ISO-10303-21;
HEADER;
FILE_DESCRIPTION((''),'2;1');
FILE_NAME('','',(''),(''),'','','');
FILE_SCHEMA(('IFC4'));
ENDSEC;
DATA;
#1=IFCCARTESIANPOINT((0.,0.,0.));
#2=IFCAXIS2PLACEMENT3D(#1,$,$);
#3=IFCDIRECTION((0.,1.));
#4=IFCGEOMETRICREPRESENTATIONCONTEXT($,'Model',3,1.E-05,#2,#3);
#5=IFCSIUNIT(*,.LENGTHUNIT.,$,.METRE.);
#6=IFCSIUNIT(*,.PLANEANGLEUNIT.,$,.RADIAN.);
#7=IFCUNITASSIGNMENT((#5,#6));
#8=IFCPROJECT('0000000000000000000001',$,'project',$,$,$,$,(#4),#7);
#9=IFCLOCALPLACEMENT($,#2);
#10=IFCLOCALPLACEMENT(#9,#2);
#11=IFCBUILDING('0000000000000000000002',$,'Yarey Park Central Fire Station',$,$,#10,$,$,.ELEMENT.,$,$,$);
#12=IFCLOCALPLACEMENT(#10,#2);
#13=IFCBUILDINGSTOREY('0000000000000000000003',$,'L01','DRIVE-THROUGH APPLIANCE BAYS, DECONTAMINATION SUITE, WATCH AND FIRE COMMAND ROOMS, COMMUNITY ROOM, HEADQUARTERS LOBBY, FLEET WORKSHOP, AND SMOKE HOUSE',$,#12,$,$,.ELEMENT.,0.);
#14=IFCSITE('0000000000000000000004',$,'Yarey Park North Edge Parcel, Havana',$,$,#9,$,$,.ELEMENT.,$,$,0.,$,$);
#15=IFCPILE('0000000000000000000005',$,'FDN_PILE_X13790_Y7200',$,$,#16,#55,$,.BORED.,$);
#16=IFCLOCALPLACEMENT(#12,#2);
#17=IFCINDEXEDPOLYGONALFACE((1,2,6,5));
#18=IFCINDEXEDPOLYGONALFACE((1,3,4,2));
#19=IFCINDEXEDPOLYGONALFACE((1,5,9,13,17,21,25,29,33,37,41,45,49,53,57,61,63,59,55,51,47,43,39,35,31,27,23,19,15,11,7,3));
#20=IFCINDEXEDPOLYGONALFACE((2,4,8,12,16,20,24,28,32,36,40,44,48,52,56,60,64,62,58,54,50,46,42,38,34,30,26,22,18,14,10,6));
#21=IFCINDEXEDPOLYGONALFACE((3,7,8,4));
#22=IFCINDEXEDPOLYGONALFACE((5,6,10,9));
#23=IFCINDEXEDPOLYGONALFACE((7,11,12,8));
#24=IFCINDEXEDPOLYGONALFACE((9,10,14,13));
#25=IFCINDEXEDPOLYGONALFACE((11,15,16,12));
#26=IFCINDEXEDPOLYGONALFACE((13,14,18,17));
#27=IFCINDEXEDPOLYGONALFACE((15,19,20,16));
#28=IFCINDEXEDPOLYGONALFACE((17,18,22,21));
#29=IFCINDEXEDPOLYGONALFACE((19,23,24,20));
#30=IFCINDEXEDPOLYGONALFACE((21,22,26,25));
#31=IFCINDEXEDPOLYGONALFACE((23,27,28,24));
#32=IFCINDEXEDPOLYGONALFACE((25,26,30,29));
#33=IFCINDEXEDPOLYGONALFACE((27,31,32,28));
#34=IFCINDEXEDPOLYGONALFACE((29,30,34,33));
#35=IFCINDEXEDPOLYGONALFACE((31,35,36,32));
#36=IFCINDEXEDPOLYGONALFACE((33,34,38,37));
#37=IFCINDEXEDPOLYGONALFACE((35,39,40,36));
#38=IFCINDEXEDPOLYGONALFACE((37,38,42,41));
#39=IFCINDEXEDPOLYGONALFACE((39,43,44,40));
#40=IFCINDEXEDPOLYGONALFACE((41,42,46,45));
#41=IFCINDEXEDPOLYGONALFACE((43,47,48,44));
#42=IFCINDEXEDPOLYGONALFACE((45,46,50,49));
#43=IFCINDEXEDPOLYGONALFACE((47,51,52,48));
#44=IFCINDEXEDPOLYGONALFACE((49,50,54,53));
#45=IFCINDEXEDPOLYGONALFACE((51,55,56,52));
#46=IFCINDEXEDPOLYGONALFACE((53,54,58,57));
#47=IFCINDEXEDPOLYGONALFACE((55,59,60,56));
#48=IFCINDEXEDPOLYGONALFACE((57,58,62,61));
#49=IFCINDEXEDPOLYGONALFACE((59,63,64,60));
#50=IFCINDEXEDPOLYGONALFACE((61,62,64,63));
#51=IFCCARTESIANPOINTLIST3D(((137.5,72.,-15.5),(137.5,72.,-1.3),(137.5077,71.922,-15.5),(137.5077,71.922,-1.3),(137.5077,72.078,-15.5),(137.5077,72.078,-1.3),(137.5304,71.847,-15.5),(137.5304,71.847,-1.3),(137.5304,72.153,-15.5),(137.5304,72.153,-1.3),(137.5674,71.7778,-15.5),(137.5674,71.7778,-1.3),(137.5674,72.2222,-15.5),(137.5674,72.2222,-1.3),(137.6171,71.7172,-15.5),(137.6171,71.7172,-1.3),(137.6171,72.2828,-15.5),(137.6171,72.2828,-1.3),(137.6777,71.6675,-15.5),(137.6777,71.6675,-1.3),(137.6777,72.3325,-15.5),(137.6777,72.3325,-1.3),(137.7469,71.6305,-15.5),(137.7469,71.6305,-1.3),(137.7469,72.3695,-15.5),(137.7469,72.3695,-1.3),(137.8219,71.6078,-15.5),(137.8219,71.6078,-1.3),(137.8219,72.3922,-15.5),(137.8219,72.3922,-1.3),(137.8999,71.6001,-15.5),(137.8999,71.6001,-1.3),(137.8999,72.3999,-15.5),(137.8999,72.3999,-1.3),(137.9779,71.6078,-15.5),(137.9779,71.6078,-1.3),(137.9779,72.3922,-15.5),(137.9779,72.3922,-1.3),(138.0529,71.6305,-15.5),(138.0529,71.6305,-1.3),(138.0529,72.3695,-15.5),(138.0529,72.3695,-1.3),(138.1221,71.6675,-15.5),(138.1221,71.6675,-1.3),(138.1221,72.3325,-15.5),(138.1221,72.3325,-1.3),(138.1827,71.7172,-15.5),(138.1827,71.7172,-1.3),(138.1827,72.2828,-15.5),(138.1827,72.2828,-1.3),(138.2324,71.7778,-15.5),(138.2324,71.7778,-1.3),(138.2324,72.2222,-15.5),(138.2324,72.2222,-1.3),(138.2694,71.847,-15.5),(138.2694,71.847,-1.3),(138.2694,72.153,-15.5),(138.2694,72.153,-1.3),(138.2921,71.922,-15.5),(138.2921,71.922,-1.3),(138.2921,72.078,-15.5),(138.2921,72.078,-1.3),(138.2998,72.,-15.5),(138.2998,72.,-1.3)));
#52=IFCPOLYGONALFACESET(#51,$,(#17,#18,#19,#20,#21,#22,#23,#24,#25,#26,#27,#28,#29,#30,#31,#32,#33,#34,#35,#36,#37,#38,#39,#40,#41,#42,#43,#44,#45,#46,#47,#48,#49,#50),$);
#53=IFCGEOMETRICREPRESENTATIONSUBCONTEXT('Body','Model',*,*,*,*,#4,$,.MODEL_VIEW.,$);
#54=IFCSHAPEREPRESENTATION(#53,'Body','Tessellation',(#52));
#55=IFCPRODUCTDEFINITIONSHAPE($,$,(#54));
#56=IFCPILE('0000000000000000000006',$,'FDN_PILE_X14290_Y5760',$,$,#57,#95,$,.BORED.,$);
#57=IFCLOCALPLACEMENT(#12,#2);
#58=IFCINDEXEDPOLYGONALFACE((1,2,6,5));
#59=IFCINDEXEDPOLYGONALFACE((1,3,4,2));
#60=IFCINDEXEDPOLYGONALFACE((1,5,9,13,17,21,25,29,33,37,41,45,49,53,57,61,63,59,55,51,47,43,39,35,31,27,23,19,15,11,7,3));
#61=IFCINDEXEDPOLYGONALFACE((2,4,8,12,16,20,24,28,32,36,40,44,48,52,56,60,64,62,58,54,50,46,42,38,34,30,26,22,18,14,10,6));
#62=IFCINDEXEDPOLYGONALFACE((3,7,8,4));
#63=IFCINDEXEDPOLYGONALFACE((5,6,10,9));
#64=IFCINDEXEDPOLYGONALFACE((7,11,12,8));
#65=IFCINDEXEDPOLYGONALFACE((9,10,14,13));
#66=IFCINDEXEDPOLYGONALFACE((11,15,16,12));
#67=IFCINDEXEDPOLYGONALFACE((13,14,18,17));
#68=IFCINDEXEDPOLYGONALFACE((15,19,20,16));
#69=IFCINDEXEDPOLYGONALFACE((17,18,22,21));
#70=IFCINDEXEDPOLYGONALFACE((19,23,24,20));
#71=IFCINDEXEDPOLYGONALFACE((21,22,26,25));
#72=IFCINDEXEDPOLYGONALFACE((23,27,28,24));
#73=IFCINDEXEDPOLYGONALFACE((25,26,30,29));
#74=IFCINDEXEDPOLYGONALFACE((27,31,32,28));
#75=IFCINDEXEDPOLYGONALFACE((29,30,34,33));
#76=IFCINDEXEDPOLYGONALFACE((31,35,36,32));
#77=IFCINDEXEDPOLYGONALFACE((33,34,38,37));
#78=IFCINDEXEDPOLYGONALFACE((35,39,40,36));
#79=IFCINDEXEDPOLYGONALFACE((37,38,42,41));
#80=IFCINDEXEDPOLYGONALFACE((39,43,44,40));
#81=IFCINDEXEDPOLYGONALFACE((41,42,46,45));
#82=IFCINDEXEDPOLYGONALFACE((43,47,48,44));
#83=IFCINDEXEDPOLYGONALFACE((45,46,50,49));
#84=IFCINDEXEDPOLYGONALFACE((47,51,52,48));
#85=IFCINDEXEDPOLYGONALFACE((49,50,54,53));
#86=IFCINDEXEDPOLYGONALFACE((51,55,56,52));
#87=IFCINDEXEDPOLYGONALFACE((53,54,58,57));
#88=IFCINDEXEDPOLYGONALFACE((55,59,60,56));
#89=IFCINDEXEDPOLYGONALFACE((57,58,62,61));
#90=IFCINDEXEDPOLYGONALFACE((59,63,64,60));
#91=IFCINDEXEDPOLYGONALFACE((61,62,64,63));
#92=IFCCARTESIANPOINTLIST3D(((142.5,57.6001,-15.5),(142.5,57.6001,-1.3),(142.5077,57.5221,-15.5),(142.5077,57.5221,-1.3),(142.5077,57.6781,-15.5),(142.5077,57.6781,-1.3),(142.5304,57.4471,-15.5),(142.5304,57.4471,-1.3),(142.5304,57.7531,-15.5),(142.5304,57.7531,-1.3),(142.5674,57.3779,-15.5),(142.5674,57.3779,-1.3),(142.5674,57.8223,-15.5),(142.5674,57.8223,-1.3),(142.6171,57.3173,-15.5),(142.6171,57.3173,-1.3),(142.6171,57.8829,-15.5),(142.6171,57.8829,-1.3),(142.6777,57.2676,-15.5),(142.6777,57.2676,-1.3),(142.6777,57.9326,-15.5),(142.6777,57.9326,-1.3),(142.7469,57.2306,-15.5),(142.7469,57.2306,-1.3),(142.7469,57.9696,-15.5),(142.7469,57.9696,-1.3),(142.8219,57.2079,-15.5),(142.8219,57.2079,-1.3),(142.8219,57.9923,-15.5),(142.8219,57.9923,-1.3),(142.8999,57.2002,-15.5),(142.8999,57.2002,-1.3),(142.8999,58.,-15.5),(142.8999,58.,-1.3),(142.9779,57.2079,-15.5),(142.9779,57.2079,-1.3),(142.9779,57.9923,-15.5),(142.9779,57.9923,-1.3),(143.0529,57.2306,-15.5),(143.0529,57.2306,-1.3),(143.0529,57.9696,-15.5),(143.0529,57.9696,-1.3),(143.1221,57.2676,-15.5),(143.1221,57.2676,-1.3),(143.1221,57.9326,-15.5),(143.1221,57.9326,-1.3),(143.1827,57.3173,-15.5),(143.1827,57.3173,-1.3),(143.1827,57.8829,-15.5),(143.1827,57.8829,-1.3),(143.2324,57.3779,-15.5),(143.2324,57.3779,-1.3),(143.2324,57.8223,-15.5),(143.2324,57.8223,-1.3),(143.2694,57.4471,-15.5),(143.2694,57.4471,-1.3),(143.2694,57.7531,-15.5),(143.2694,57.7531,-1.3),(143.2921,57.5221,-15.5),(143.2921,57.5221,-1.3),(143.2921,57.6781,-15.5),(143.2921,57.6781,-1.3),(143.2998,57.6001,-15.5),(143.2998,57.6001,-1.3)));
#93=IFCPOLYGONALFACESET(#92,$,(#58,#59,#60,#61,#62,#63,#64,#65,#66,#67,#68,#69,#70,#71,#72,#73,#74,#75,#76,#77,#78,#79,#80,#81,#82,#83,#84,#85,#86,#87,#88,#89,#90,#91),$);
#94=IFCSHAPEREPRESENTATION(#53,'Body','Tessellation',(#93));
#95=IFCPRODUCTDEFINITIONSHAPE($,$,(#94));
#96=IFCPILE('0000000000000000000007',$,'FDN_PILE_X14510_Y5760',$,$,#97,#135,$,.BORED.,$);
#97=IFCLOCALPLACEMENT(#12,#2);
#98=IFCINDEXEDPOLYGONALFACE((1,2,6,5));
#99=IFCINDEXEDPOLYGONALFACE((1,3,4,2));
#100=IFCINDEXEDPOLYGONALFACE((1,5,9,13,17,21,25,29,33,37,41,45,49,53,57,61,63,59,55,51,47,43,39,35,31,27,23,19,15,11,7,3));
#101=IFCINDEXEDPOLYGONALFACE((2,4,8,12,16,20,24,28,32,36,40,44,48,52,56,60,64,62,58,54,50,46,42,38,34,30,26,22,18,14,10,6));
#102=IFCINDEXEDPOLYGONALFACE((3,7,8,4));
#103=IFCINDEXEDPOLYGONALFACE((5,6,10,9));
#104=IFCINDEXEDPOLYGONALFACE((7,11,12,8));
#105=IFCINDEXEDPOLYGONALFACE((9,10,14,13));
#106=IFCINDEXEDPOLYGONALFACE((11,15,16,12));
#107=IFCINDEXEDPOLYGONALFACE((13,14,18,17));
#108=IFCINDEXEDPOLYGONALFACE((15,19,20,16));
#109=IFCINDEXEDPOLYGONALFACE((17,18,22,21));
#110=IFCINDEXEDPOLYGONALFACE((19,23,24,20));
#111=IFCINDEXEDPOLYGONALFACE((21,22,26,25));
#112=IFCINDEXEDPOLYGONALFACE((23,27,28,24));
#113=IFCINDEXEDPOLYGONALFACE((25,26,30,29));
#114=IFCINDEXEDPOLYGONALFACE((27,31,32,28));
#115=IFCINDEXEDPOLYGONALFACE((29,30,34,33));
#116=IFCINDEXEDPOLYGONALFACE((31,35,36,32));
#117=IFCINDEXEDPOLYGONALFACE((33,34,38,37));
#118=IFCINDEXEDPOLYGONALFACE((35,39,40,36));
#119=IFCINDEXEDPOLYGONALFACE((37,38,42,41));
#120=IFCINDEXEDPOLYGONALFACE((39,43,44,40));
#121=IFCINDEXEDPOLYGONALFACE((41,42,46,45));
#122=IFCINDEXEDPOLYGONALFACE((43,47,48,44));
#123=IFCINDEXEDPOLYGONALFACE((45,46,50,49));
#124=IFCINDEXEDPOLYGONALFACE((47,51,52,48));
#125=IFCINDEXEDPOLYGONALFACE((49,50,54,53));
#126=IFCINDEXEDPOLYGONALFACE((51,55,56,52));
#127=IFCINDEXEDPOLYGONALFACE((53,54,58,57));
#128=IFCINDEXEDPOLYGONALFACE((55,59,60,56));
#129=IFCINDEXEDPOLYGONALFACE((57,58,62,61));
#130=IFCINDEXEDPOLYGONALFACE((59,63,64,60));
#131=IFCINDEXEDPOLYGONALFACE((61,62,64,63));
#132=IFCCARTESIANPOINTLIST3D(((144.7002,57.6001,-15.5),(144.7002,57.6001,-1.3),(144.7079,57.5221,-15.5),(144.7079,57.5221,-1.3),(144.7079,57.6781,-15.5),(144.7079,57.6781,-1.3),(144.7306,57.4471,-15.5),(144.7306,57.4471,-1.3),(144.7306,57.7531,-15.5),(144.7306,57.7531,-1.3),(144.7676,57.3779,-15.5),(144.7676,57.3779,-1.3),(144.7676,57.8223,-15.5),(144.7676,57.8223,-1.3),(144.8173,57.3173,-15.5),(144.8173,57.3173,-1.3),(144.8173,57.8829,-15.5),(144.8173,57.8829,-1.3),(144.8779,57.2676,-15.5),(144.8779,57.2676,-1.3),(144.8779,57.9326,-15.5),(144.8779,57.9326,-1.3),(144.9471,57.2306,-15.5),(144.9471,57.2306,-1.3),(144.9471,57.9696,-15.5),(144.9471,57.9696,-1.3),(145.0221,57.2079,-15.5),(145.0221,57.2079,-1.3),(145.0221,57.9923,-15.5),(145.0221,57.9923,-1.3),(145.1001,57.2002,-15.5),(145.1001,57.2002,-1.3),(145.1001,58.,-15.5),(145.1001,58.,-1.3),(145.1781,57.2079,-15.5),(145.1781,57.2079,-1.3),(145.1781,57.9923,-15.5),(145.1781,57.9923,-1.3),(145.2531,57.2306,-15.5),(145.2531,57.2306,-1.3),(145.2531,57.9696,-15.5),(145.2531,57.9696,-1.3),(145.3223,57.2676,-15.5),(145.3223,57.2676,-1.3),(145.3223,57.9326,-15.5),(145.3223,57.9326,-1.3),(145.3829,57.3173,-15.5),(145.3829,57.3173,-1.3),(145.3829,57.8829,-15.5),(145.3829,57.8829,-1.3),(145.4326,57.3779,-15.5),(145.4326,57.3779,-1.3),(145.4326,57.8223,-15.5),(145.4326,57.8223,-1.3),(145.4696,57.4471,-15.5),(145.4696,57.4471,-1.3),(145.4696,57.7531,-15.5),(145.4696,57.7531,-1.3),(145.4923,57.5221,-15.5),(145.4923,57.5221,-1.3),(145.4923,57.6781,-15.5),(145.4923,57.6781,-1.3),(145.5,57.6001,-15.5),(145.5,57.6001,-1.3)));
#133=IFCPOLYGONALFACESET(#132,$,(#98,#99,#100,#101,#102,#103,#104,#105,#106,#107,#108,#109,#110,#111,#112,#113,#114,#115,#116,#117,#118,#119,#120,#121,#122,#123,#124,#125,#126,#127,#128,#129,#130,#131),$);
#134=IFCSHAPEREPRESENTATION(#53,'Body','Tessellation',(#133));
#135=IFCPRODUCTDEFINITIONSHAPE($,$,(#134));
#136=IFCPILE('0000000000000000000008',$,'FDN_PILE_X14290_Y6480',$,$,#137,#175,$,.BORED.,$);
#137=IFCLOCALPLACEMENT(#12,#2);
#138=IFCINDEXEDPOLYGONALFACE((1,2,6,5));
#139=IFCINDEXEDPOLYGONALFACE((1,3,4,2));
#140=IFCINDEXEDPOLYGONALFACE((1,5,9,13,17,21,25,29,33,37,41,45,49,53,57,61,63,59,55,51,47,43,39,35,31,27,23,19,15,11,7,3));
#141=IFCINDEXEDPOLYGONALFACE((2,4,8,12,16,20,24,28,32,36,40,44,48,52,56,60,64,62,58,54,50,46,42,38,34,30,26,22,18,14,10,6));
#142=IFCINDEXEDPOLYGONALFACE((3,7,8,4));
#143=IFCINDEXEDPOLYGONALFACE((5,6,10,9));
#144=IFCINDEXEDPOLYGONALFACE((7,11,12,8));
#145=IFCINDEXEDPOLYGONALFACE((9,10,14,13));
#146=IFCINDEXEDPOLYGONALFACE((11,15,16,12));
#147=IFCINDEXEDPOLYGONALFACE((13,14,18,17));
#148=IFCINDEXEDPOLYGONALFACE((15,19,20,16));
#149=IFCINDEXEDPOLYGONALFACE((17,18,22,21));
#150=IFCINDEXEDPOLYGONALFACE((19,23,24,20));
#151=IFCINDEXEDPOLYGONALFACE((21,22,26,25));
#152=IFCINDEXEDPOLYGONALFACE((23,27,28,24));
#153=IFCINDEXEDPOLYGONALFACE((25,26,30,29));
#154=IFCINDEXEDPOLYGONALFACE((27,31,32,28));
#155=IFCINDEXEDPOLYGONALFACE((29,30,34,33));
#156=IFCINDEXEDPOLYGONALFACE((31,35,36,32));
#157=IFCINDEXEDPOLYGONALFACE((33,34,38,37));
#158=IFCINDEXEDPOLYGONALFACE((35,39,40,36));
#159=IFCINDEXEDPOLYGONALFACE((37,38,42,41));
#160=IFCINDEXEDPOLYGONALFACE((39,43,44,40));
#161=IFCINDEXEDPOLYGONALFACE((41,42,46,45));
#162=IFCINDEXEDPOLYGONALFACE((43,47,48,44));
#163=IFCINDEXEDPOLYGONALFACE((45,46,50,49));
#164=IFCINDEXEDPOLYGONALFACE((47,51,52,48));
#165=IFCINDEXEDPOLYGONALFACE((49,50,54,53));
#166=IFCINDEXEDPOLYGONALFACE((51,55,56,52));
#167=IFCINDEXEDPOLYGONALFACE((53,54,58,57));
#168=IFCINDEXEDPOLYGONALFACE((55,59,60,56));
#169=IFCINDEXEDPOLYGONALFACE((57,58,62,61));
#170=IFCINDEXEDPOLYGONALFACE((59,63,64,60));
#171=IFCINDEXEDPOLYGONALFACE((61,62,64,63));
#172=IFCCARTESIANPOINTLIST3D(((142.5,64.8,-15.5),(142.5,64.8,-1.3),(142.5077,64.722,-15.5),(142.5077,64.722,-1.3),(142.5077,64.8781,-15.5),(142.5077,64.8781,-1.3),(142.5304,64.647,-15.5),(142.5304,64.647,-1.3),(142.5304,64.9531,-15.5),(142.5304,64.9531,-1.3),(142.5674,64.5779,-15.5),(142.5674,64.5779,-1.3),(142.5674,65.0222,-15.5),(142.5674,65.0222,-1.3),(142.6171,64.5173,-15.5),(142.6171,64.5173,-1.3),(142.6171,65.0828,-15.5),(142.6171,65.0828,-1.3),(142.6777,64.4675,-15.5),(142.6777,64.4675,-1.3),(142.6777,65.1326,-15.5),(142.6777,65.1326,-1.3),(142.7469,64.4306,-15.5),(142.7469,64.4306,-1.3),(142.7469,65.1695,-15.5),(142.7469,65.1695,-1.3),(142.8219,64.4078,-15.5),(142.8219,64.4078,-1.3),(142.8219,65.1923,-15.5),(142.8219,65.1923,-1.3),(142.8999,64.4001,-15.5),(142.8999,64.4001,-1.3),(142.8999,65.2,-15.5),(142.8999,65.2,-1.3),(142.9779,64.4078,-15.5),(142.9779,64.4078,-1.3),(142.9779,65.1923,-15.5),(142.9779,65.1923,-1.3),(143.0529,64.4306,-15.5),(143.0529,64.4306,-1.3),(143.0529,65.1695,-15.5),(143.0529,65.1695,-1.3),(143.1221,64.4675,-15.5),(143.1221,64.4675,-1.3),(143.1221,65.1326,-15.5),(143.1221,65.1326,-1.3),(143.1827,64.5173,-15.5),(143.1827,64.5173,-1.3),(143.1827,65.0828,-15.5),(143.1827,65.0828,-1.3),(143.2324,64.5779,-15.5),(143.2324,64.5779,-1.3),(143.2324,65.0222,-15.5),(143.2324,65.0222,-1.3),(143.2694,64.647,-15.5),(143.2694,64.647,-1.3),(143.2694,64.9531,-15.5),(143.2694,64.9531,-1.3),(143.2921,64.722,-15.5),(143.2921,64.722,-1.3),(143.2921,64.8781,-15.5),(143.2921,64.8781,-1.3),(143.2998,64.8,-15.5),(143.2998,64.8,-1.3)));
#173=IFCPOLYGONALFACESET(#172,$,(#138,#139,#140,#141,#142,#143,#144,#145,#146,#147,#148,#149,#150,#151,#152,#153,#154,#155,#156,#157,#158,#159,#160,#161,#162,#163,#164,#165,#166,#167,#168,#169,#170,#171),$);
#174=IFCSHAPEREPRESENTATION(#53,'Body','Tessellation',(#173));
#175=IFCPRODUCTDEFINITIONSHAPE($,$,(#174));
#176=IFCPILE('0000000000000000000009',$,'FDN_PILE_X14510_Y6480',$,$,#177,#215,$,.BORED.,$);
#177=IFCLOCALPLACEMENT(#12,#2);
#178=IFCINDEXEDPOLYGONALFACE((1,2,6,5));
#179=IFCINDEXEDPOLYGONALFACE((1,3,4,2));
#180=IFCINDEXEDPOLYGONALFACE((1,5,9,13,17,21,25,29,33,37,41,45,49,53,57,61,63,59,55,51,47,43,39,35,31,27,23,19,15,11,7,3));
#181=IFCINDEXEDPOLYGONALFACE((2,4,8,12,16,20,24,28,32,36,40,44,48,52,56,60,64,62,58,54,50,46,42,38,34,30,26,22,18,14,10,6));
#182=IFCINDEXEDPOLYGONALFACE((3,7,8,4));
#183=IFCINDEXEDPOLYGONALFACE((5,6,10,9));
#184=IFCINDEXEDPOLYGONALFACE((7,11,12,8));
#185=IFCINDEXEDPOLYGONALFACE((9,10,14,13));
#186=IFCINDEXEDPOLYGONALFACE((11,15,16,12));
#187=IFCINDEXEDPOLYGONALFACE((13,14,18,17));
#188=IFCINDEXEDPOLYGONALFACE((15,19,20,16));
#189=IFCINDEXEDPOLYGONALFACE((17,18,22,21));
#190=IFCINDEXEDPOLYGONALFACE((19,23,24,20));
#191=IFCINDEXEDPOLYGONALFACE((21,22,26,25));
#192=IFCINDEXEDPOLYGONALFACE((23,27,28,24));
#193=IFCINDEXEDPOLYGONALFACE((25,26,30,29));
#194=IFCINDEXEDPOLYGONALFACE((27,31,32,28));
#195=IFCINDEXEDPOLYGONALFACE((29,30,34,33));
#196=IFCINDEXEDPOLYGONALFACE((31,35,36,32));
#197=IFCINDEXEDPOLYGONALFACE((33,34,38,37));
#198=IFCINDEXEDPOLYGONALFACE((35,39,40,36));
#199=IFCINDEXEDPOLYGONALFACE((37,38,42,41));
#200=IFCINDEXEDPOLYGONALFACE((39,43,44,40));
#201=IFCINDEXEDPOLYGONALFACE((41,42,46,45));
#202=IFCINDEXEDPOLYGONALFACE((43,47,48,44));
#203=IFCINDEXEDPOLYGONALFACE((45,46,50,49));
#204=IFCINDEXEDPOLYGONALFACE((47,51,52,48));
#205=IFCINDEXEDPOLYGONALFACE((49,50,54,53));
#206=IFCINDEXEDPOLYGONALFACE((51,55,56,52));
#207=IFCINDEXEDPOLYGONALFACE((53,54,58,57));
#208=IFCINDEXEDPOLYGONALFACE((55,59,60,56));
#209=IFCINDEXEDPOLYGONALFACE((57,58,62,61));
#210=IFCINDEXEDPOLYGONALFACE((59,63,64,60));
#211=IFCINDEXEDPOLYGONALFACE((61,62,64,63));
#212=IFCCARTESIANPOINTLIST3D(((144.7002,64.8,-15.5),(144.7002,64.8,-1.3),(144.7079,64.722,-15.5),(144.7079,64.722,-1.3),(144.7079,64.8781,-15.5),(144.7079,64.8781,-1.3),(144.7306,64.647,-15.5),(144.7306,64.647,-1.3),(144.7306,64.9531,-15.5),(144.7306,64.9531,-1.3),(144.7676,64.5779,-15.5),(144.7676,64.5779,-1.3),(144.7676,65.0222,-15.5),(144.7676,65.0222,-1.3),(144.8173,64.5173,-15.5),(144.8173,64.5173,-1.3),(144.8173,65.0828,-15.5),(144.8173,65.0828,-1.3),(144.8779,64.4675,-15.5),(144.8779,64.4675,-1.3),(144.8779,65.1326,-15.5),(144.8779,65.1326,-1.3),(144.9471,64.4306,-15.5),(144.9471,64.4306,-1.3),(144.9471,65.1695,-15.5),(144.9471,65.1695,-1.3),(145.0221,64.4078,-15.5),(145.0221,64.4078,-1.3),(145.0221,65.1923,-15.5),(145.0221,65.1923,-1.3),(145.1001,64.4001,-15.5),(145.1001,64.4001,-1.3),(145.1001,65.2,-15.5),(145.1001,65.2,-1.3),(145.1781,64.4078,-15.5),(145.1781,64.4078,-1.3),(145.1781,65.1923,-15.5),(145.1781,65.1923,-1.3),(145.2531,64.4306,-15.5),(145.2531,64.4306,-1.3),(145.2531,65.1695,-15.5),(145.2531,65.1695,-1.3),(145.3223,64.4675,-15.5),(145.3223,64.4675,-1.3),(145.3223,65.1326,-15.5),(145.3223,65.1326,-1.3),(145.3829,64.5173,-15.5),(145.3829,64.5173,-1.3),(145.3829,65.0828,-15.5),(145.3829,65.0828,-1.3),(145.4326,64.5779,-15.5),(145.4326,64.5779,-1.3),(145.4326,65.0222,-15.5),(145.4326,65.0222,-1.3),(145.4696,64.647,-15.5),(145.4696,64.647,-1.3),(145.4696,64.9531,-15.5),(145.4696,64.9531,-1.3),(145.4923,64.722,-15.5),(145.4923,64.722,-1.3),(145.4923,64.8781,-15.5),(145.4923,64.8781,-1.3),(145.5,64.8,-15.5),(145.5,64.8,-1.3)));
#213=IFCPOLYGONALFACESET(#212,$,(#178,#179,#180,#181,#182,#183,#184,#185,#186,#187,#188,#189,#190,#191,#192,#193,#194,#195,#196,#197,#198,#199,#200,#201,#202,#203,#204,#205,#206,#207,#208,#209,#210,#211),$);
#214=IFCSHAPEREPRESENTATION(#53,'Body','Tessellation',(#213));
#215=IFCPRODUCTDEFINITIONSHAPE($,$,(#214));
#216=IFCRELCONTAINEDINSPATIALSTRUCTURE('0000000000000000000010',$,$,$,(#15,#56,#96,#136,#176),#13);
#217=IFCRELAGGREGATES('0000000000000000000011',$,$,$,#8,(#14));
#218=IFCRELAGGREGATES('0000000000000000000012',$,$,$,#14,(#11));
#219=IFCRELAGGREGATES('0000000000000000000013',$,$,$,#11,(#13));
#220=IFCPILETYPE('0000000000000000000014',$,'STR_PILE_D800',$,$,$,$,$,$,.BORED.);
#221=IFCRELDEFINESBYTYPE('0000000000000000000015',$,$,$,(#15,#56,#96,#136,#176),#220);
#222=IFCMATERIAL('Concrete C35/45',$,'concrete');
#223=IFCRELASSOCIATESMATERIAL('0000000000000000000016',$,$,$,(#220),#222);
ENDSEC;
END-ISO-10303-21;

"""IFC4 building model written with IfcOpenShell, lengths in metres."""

from ifc_helpers import new_model, si_unit, direction, frame, origin, origin_2d, place, context, subcontext, project, spatial, circle, extrude, material, material_profile, profile_set, type_object, element, save


model = new_model("IFC4")

# Units and contexts
model_context = context("Model", 3, precision=1e-05, world=origin(), true_north=direction((0.0, 1.0)))
body_context = subcontext(model_context, "Body", "Model", "MODEL_VIEW")
ifc_project = project(units=[si_unit("LENGTHUNIT", "METRE"), si_unit("PLANEANGLEUNIT", "RADIAN")], contexts=[model_context])

# Site, building, storey
site_placement = place(None, origin())
site = spatial("IfcSite", under=ifc_project, at=site_placement, Name="Yarey Park North Edge Parcel, Havana", CompositionType="ELEMENT", RefElevation=0.0)
building_placement = place(site_placement, origin())
building = spatial("IfcBuilding", under=site, at=building_placement, Name="Yarey Park Central Fire Station", CompositionType="ELEMENT")
storey_placement = place(building_placement, origin())
storey = spatial("IfcBuildingStorey", under=building, at=storey_placement, Name="L01", Description="DRIVE-THROUGH APPLIANCE BAYS, DECONTAMINATION SUITE, WATCH AND FIRE COMMAND ROOMS, COMMUNITY ROOM, HEADQUARTERS LOBBY, FLEET WORKSHOP, AND SMOKE HOUSE", CompositionType="ELEMENT", Elevation=0.0)

# Shared definitions
ifc_material_1 = material(Name="Concrete C35/45", Category="concrete")

# Piles
ifc_material_profile_1 = material_profile(ifc_material_1, circle(Radius=0.3999, at=origin_2d()), Name="BORED PILE D800")
ifc_profile_set_1 = profile_set([ifc_material_profile_1], Name="Concrete C35/45")
pile_type = type_object("IfcPileType", Name="STR_PILE_D800", PredefinedType="BORED", material=ifc_profile_set_1)
for number, where, z_axis, x_axis, name in (
    (1, (137.8999, 72.0, -1.3), (0.0, 0.0, -1.0), (1.0, 0.0, 0.0), "FDN_PILE_X13790_Y7200"),
    (2, (142.8999, 57.6001, -1.3), (0.0, 0.0, -1.0), (1.0, 0.0, 0.0), "FDN_PILE_X14290_Y5760"),
    (3, (145.1001, 57.6001, -1.3), (0.0, 0.0, -1.0), (1.0, 0.0, 0.0), "FDN_PILE_X14510_Y5760"),
    (4, (142.8999, 64.8, -1.3), (0.0, 0.0, -1.0), (1.0, 0.0, 0.0), "FDN_PILE_X14290_Y6480"),
    (5, (145.1001, 64.8, -1.3), (0.0, 0.0, -1.0), (1.0, 0.0, 0.0), "FDN_PILE_X14510_Y6480"),
):
    element("IfcPile", number, at=place(storey_placement, frame(where, z_axis=z_axis, x_axis=x_axis)), inside=storey, type_object=pile_type, Name=name, PredefinedType="BORED", context=body_context, shape_type="SweptSolid", body=[
        extrude(circle(Radius=0.3999, at=origin_2d()), origin(), (0.0, 0.0, 1.0), 14.2),
    ])

save(model, "model.ifc")
